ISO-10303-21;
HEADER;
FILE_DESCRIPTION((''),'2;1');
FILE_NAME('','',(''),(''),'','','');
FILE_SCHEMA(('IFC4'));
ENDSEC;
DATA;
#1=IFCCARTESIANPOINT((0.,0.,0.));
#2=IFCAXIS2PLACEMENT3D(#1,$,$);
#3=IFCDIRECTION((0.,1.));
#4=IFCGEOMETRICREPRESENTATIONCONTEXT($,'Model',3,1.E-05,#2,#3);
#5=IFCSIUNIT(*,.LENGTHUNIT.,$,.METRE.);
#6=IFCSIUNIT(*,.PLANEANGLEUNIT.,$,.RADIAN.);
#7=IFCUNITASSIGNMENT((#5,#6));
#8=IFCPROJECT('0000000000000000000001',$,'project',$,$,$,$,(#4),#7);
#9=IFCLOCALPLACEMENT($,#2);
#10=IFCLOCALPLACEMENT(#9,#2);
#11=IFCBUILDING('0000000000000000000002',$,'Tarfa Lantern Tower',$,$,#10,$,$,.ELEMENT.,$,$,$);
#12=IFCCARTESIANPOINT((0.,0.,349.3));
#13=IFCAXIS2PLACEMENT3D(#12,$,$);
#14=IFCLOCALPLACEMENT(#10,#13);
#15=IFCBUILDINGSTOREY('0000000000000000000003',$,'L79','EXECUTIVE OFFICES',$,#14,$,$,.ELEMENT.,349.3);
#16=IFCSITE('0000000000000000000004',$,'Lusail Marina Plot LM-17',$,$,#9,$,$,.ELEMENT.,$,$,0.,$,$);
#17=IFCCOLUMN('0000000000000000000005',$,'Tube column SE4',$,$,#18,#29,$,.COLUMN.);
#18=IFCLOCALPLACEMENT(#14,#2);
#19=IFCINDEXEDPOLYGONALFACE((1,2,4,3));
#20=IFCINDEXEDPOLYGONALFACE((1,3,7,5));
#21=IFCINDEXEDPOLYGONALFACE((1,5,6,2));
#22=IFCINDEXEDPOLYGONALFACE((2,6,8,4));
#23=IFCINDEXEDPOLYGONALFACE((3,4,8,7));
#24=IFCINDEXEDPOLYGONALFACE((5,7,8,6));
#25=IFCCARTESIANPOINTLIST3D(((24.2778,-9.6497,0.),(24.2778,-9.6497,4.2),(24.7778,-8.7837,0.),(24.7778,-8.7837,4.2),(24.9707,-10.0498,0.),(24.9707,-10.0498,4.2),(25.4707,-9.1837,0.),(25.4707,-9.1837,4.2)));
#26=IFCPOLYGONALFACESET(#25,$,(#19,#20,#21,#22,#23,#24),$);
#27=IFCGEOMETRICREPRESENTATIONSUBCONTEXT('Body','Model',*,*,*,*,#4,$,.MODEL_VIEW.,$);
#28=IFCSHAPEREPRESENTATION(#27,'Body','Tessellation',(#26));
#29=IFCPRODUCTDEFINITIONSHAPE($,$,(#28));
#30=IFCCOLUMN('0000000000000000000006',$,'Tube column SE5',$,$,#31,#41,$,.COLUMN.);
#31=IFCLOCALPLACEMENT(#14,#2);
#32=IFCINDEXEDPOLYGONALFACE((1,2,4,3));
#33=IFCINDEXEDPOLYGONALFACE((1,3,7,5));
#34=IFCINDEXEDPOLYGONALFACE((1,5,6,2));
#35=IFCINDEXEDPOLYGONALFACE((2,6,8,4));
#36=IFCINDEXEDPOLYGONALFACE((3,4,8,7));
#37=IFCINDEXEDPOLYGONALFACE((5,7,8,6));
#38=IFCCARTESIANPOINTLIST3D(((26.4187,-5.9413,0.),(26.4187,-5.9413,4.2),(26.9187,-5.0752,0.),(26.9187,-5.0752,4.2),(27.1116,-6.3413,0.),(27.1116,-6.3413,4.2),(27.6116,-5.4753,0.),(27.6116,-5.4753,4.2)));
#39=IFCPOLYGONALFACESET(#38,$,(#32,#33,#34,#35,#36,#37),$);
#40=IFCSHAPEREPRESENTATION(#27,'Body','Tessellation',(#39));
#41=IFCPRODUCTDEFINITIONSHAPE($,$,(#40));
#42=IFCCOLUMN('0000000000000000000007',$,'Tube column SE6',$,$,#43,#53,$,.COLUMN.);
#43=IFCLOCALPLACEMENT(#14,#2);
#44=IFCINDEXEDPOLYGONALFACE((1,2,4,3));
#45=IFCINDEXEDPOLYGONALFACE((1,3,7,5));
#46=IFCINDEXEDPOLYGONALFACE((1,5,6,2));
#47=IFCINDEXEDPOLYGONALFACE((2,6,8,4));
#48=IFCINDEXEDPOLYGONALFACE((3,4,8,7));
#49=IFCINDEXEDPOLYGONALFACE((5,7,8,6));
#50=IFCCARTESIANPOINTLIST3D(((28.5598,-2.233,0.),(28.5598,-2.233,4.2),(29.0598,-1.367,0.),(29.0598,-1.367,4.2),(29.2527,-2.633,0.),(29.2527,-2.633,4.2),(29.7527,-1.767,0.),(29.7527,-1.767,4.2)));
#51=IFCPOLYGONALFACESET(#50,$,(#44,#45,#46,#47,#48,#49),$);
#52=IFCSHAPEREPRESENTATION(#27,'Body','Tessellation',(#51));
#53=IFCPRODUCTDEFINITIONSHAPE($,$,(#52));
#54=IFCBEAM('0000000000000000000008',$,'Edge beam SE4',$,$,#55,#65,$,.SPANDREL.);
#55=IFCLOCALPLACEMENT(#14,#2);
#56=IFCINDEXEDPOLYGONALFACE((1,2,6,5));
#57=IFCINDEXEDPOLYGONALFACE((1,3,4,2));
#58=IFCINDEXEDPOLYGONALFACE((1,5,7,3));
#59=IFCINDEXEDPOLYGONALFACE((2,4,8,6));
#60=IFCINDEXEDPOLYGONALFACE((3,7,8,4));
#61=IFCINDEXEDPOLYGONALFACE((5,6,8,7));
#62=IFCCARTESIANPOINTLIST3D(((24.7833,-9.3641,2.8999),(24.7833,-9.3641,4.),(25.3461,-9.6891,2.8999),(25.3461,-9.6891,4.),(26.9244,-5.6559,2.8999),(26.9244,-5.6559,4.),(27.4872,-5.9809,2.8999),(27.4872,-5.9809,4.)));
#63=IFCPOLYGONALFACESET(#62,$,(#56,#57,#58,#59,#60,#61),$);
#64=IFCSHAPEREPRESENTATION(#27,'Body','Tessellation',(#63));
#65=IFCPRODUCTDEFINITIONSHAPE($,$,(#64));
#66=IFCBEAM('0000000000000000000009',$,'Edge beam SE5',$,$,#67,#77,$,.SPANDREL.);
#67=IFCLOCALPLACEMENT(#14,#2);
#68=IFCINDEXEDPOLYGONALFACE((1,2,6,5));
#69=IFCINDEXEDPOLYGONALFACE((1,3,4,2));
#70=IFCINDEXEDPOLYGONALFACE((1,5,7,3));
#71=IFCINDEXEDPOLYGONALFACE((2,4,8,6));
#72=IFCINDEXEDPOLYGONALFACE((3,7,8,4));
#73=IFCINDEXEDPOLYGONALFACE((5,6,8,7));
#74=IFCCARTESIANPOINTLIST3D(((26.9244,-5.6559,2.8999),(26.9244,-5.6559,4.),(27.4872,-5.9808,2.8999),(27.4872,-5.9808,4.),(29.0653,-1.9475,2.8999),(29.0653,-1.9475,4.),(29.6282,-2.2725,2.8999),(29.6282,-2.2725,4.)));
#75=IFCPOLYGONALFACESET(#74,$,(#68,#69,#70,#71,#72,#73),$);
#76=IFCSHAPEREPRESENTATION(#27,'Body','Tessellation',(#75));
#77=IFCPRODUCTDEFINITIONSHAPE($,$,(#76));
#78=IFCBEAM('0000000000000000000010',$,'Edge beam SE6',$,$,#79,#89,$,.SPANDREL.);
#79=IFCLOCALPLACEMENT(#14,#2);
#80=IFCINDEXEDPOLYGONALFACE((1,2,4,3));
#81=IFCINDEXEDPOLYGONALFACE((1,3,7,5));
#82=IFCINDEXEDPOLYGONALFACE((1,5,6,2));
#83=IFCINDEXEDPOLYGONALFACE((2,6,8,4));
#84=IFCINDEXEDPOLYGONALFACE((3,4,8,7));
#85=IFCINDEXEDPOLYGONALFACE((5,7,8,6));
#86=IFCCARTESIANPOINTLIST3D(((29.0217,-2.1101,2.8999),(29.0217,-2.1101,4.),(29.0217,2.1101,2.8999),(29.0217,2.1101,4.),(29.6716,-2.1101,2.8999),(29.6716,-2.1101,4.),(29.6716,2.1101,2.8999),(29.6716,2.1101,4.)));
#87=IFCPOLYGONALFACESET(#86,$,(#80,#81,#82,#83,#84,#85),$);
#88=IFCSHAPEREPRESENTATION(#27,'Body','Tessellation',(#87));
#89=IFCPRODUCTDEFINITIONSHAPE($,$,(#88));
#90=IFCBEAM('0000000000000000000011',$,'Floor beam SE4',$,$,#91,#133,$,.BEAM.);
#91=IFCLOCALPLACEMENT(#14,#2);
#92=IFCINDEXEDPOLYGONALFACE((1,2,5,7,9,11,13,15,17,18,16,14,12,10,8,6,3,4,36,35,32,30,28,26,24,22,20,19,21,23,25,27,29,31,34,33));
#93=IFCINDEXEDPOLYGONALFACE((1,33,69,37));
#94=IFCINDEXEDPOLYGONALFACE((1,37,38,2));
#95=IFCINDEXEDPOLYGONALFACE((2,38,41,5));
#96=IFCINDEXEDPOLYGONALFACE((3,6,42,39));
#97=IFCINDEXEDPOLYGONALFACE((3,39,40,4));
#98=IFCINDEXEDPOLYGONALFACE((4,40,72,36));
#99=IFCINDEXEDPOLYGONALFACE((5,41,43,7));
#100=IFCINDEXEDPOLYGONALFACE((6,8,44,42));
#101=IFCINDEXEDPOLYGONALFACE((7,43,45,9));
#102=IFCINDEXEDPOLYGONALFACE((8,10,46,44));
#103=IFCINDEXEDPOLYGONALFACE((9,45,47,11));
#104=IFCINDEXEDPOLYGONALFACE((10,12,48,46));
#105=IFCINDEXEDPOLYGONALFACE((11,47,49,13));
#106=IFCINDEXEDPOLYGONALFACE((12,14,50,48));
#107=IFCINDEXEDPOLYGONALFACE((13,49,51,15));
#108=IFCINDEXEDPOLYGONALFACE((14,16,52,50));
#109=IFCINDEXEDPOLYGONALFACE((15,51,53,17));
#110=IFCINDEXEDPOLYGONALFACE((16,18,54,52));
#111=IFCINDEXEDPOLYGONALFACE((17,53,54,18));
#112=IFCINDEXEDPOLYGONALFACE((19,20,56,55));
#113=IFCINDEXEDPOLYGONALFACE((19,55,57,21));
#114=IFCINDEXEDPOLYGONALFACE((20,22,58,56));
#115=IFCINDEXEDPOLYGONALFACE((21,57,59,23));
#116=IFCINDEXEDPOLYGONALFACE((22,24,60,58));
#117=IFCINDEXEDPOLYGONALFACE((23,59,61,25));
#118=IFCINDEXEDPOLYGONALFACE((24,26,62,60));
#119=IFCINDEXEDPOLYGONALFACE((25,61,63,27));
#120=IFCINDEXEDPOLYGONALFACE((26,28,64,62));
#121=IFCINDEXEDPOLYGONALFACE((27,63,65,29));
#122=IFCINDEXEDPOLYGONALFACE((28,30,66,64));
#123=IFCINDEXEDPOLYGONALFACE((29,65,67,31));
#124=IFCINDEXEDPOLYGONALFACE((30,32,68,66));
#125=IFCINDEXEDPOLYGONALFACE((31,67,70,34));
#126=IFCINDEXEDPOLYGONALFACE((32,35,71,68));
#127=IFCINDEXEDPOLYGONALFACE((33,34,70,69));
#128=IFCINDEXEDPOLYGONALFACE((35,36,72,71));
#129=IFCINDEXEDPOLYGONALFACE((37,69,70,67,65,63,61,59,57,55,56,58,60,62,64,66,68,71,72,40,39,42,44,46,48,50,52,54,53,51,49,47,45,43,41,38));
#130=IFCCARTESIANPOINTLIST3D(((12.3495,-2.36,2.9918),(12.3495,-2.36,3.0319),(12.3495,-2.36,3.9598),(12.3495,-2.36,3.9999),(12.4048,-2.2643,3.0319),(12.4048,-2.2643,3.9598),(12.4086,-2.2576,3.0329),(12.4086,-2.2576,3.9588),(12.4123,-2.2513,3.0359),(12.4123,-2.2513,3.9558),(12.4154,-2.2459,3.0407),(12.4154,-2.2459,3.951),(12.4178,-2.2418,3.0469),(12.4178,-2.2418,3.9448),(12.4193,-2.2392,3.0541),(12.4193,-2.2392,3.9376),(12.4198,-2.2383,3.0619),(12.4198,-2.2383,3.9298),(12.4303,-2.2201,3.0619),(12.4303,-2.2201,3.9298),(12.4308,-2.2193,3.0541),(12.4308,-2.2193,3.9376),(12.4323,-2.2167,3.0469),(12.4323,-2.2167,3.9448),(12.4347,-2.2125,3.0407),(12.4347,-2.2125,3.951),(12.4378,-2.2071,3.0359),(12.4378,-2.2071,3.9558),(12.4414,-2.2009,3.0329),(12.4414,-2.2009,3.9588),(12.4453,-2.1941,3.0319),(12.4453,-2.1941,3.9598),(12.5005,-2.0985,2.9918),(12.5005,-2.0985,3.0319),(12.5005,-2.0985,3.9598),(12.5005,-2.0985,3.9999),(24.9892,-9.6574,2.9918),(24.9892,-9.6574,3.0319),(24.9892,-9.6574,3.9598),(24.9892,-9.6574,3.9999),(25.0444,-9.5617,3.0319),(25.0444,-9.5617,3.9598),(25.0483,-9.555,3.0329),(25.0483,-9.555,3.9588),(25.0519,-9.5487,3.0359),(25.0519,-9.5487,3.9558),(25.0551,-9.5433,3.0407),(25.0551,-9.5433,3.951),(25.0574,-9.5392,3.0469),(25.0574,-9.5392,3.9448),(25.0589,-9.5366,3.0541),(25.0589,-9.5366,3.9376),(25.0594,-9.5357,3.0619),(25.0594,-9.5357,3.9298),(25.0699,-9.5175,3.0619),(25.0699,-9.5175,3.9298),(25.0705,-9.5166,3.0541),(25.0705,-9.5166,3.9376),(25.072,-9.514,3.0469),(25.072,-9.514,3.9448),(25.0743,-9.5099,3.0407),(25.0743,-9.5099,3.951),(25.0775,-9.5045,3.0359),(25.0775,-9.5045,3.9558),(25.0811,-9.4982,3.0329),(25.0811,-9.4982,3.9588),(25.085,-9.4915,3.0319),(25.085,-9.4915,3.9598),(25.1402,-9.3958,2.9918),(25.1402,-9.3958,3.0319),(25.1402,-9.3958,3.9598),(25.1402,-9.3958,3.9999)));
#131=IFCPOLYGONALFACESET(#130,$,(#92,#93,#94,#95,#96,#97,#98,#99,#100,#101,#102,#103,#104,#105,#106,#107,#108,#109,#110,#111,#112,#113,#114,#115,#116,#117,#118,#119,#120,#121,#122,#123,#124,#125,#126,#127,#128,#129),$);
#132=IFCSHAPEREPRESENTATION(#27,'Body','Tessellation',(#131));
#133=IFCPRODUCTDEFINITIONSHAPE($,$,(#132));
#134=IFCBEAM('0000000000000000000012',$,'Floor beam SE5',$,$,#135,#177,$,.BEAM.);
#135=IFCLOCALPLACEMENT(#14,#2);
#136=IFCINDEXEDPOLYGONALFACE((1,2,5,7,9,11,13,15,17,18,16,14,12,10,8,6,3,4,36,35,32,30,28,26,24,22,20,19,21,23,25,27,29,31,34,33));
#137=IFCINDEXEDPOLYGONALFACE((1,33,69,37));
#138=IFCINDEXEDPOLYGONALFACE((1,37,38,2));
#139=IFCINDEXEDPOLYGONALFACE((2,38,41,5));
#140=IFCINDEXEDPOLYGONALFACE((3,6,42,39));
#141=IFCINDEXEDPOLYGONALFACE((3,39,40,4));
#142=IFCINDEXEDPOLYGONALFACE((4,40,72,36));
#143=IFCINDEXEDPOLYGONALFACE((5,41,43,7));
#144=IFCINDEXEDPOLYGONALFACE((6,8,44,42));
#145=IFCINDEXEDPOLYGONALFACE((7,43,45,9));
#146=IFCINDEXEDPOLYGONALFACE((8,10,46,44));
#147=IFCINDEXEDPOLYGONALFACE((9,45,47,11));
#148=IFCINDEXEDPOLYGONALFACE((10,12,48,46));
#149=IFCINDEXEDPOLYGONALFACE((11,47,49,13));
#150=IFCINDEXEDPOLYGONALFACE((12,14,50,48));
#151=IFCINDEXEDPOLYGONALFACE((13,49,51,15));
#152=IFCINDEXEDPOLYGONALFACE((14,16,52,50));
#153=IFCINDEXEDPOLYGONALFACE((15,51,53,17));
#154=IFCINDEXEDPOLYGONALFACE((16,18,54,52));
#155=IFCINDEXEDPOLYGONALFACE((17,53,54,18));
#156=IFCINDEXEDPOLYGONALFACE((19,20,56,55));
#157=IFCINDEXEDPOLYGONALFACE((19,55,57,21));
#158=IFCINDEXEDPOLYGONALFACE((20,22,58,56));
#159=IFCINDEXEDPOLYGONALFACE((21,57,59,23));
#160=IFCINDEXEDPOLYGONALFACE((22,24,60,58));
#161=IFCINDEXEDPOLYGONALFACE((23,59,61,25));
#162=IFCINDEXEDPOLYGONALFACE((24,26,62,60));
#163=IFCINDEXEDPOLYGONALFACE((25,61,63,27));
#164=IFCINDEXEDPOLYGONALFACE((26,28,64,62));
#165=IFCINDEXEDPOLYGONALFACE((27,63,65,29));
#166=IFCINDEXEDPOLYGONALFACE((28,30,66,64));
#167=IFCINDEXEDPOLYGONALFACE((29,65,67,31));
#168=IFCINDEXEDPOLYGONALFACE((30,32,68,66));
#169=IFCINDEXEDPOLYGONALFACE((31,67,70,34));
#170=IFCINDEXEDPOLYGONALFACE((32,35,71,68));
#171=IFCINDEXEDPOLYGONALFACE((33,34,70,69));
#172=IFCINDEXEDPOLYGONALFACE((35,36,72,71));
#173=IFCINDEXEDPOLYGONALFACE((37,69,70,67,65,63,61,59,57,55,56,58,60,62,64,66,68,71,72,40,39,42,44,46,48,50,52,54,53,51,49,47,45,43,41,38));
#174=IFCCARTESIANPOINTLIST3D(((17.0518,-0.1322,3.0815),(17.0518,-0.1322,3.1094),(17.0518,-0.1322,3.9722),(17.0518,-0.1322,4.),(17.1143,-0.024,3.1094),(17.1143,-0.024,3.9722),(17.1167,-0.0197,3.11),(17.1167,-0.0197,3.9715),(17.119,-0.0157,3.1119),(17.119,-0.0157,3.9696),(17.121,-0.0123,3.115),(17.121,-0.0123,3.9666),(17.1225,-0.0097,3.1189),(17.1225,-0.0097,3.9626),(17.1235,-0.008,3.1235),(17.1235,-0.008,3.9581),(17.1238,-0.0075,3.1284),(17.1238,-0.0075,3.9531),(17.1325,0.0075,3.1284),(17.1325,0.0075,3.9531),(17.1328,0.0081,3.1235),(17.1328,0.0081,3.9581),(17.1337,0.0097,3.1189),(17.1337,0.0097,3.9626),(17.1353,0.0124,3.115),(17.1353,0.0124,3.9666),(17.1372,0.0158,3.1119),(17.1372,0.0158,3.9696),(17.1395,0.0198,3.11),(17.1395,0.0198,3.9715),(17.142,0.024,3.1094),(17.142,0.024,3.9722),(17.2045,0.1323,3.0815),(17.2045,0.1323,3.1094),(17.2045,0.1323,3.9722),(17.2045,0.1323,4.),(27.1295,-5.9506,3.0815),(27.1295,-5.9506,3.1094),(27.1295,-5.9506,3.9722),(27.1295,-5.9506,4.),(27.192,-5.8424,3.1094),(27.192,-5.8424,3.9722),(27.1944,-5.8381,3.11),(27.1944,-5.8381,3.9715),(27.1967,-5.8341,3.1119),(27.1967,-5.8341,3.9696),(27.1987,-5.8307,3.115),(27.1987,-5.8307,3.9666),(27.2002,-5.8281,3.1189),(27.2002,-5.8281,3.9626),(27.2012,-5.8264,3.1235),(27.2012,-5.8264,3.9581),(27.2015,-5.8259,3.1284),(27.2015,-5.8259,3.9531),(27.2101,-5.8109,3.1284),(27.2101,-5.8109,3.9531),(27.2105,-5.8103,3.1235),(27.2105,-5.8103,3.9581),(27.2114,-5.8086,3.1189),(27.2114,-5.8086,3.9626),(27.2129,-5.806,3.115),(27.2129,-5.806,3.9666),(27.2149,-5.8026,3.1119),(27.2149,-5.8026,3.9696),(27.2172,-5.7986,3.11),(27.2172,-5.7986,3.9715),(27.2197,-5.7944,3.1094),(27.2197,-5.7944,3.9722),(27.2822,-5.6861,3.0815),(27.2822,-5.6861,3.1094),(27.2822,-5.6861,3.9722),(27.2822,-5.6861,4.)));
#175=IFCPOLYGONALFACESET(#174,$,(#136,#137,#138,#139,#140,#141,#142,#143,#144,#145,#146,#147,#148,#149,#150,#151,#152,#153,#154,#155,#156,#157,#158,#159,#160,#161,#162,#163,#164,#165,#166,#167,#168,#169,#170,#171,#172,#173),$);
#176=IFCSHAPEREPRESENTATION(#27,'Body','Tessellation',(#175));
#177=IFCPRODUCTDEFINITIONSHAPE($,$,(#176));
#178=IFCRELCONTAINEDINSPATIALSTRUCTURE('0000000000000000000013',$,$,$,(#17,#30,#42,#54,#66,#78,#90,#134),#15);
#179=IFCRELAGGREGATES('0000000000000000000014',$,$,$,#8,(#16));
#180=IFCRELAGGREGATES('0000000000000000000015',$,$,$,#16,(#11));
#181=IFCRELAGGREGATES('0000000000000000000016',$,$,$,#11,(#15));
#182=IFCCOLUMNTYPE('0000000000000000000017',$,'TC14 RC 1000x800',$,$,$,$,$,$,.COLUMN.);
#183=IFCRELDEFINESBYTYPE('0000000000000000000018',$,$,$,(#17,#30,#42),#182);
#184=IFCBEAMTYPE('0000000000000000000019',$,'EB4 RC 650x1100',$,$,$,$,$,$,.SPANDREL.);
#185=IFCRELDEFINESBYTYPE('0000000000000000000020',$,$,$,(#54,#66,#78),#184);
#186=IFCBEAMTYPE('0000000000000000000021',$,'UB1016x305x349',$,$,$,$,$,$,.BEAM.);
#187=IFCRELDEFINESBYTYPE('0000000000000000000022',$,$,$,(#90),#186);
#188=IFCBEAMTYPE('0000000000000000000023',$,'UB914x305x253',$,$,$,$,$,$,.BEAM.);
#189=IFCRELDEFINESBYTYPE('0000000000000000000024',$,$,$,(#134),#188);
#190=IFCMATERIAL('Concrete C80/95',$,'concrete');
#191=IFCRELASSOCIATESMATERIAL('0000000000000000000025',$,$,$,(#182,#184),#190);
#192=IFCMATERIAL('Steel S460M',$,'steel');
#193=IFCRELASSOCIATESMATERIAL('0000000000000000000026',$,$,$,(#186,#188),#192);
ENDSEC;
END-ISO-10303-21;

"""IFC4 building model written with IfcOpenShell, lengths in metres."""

from ifc_helpers import new_model, si_unit, direction, frame, origin, origin_2d, place, context, subcontext, project, spatial, rectangle, i_section, extrude, material, material_profile, profile_set, type_object, element, save


model = new_model("IFC4")

# Units and contexts
model_context = context("Model", 3, precision=1e-05, world=origin(), true_north=direction((0.0, 1.0)))
body_context = subcontext(model_context, "Body", "Model", "MODEL_VIEW")
ifc_project = project(units=[si_unit("LENGTHUNIT", "METRE"), si_unit("PLANEANGLEUNIT", "RADIAN")], contexts=[model_context])

# Site, building, storey
site_placement = place(None, origin())
site = spatial("IfcSite", under=ifc_project, at=site_placement, Name="Lusail Marina Plot LM-17", CompositionType="ELEMENT", RefElevation=0.0)
building_placement = place(site_placement, origin())
building = spatial("IfcBuilding", under=site, at=building_placement, Name="Tarfa Lantern Tower", CompositionType="ELEMENT")
storey_placement = place(building_placement, frame((0.0, 0.0, 349.3)))
storey = spatial("IfcBuildingStorey", under=building, at=storey_placement, Name="L79", Description="EXECUTIVE OFFICES", CompositionType="ELEMENT", Elevation=349.3)

# Columns
ifc_material_1 = material(Name="Concrete C80/95", Category="concrete")
ifc_material_profile_1 = material_profile(ifc_material_1, rectangle(XDim=1.0, YDim=0.8, at=origin_2d()), Name="RC 1000x800")
ifc_profile_set_1 = profile_set([ifc_material_profile_1], Name="Concrete C80/95")
column_type = type_object("IfcColumnType", Name="TC14 RC 1000x800", PredefinedType="COLUMN", material=ifc_profile_set_1)
for number, where, z_axis, x_axis, name in (
    (1, (24.8743, -9.4167, 0.0), (0.0, 0.0, 1.0), (0.5, 0.866025, 0.0), "Tube column SE4"),
    (2, (27.0151, -5.7083, 0.0), (0.0, 0.0, 1.0), (0.5, 0.866025, 0.0), "Tube column SE5"),
    (3, (29.1562, -2.0, 0.0), (0.0, 0.0, 1.0), (0.5, 0.866025, 0.0), "Tube column SE6"),
):
    element("IfcColumn", number, at=place(storey_placement, frame(where, z_axis=z_axis, x_axis=x_axis)), inside=storey, type_object=column_type, Name=name, PredefinedType="COLUMN", context=body_context, shape_type="SweptSolid", body=[
        extrude(rectangle(XDim=1.0, YDim=0.8, at=origin_2d()), origin(), (0.0, 0.0, 1.0), 4.2),
    ])

# Beams
ifc_material_profile_2 = material_profile(ifc_material_1, rectangle(XDim=0.6499, YDim=1.1001, at=origin_2d()), Name="RC 650x1100")
ifc_profile_set_2 = profile_set([ifc_material_profile_2], Name="Concrete C80/95")
beam_type_1 = type_object("IfcBeamType", Name="EB4 RC 650x1100", PredefinedType="SPANDREL", material=ifc_profile_set_2)
for number, where, z_axis, x_axis, name in (
    (4, (25.0647, -9.5266, 3.45), (0.500027, 0.86601, 0.0), (-0.86601, 0.500027, 0.0), "Edge beam SE4"),
    (5, (27.2058, -5.8184, 3.45), (0.499984, 0.866035, 0.0), (-0.866035, 0.499984, 0.0), "Edge beam SE5"),
):
    element("IfcBeam", number, at=place(storey_placement, frame(where, z_axis=z_axis, x_axis=x_axis)), inside=storey, type_object=beam_type_1, Name=name, PredefinedType="SPANDREL", context=body_context, shape_type="SweptSolid", body=[
        extrude(rectangle(XDim=0.6499, YDim=1.1001, at=origin_2d()), origin(), (0.0, 0.0, 1.0), 4.282),
    ])
beam_1_placement = place(storey_placement, frame((29.3467, -2.1101, 3.45), z_axis=(0.0, 1.0, 0.0), x_axis=(-1.0, 0.0, 0.0)))
element("IfcBeam", 6, at=beam_1_placement, inside=storey, type_object=beam_type_1, Name="Edge beam SE6", PredefinedType="SPANDREL", context=body_context, shape_type="SweptSolid", body=[
    extrude(rectangle(XDim=0.6499, YDim=1.1001, at=origin_2d()), origin(), (0.0, 0.0, 1.0), 4.2202),
])
ifc_material_2 = material(Name="Steel S460M", Category="steel")
ifc_material_profile_3 = material_profile(ifc_material_2, i_section(OverallWidth=0.302, OverallDepth=1.0081, WebThickness=0.021, FlangeThickness=0.04, FilletRadius=0.03, at=origin_2d()), Name="UB1016x305x349")
ifc_profile_set_3 = profile_set([ifc_material_profile_3], Name="Steel S460M")
beam_type_2 = type_object("IfcBeamType", Name="UB1016x305x349", PredefinedType="BEAM", material=ifc_profile_set_3)
beam_2_placement = place(storey_placement, frame((25.0647, -9.5266, 3.4958), z_axis=(-0.86603, 0.499993, 0.0), x_axis=(-0.499993, -0.86603, 0.0)))
element("IfcBeam", 7, at=beam_2_placement, inside=storey, type_object=beam_type_2, Name="Floor beam SE4", PredefinedType="BEAM", context=body_context, shape_type="SweptSolid", body=[
    extrude(i_section(OverallWidth=0.302, OverallDepth=1.0081, WebThickness=0.021, FlangeThickness=0.04, FilletRadius=0.03, at=origin_2d()), origin(), (0.0, 0.0, 1.0), 14.595),
])
ifc_material_profile_4 = material_profile(ifc_material_2, i_section(OverallWidth=0.3054, OverallDepth=0.9185, WebThickness=0.0173, FlangeThickness=0.0278, FilletRadius=0.019, at=origin_2d()), Name="UB914x305x253")
ifc_profile_set_4 = profile_set([ifc_material_profile_4], Name="Steel S460M")
beam_type_3 = type_object("IfcBeamType", Name="UB914x305x253", PredefinedType="BEAM", material=ifc_profile_set_4)
beam_3_placement = place(storey_placement, frame((27.2058, -5.8184, 3.5408), z_axis=(-0.866024, 0.500002, 0.0), x_axis=(-0.500002, -0.866024, 0.0)))
element("IfcBeam", 8, at=beam_3_placement, inside=storey, type_object=beam_type_3, Name="Floor beam SE5", PredefinedType="BEAM", context=body_context, shape_type="SweptSolid", body=[
    extrude(i_section(OverallWidth=0.3054, OverallDepth=0.9185, WebThickness=0.0173, FlangeThickness=0.0278, FilletRadius=0.019, at=origin_2d()), origin(), (0.0, 0.0, 1.0), 11.6367),
])

save(model, "model.ifc")
